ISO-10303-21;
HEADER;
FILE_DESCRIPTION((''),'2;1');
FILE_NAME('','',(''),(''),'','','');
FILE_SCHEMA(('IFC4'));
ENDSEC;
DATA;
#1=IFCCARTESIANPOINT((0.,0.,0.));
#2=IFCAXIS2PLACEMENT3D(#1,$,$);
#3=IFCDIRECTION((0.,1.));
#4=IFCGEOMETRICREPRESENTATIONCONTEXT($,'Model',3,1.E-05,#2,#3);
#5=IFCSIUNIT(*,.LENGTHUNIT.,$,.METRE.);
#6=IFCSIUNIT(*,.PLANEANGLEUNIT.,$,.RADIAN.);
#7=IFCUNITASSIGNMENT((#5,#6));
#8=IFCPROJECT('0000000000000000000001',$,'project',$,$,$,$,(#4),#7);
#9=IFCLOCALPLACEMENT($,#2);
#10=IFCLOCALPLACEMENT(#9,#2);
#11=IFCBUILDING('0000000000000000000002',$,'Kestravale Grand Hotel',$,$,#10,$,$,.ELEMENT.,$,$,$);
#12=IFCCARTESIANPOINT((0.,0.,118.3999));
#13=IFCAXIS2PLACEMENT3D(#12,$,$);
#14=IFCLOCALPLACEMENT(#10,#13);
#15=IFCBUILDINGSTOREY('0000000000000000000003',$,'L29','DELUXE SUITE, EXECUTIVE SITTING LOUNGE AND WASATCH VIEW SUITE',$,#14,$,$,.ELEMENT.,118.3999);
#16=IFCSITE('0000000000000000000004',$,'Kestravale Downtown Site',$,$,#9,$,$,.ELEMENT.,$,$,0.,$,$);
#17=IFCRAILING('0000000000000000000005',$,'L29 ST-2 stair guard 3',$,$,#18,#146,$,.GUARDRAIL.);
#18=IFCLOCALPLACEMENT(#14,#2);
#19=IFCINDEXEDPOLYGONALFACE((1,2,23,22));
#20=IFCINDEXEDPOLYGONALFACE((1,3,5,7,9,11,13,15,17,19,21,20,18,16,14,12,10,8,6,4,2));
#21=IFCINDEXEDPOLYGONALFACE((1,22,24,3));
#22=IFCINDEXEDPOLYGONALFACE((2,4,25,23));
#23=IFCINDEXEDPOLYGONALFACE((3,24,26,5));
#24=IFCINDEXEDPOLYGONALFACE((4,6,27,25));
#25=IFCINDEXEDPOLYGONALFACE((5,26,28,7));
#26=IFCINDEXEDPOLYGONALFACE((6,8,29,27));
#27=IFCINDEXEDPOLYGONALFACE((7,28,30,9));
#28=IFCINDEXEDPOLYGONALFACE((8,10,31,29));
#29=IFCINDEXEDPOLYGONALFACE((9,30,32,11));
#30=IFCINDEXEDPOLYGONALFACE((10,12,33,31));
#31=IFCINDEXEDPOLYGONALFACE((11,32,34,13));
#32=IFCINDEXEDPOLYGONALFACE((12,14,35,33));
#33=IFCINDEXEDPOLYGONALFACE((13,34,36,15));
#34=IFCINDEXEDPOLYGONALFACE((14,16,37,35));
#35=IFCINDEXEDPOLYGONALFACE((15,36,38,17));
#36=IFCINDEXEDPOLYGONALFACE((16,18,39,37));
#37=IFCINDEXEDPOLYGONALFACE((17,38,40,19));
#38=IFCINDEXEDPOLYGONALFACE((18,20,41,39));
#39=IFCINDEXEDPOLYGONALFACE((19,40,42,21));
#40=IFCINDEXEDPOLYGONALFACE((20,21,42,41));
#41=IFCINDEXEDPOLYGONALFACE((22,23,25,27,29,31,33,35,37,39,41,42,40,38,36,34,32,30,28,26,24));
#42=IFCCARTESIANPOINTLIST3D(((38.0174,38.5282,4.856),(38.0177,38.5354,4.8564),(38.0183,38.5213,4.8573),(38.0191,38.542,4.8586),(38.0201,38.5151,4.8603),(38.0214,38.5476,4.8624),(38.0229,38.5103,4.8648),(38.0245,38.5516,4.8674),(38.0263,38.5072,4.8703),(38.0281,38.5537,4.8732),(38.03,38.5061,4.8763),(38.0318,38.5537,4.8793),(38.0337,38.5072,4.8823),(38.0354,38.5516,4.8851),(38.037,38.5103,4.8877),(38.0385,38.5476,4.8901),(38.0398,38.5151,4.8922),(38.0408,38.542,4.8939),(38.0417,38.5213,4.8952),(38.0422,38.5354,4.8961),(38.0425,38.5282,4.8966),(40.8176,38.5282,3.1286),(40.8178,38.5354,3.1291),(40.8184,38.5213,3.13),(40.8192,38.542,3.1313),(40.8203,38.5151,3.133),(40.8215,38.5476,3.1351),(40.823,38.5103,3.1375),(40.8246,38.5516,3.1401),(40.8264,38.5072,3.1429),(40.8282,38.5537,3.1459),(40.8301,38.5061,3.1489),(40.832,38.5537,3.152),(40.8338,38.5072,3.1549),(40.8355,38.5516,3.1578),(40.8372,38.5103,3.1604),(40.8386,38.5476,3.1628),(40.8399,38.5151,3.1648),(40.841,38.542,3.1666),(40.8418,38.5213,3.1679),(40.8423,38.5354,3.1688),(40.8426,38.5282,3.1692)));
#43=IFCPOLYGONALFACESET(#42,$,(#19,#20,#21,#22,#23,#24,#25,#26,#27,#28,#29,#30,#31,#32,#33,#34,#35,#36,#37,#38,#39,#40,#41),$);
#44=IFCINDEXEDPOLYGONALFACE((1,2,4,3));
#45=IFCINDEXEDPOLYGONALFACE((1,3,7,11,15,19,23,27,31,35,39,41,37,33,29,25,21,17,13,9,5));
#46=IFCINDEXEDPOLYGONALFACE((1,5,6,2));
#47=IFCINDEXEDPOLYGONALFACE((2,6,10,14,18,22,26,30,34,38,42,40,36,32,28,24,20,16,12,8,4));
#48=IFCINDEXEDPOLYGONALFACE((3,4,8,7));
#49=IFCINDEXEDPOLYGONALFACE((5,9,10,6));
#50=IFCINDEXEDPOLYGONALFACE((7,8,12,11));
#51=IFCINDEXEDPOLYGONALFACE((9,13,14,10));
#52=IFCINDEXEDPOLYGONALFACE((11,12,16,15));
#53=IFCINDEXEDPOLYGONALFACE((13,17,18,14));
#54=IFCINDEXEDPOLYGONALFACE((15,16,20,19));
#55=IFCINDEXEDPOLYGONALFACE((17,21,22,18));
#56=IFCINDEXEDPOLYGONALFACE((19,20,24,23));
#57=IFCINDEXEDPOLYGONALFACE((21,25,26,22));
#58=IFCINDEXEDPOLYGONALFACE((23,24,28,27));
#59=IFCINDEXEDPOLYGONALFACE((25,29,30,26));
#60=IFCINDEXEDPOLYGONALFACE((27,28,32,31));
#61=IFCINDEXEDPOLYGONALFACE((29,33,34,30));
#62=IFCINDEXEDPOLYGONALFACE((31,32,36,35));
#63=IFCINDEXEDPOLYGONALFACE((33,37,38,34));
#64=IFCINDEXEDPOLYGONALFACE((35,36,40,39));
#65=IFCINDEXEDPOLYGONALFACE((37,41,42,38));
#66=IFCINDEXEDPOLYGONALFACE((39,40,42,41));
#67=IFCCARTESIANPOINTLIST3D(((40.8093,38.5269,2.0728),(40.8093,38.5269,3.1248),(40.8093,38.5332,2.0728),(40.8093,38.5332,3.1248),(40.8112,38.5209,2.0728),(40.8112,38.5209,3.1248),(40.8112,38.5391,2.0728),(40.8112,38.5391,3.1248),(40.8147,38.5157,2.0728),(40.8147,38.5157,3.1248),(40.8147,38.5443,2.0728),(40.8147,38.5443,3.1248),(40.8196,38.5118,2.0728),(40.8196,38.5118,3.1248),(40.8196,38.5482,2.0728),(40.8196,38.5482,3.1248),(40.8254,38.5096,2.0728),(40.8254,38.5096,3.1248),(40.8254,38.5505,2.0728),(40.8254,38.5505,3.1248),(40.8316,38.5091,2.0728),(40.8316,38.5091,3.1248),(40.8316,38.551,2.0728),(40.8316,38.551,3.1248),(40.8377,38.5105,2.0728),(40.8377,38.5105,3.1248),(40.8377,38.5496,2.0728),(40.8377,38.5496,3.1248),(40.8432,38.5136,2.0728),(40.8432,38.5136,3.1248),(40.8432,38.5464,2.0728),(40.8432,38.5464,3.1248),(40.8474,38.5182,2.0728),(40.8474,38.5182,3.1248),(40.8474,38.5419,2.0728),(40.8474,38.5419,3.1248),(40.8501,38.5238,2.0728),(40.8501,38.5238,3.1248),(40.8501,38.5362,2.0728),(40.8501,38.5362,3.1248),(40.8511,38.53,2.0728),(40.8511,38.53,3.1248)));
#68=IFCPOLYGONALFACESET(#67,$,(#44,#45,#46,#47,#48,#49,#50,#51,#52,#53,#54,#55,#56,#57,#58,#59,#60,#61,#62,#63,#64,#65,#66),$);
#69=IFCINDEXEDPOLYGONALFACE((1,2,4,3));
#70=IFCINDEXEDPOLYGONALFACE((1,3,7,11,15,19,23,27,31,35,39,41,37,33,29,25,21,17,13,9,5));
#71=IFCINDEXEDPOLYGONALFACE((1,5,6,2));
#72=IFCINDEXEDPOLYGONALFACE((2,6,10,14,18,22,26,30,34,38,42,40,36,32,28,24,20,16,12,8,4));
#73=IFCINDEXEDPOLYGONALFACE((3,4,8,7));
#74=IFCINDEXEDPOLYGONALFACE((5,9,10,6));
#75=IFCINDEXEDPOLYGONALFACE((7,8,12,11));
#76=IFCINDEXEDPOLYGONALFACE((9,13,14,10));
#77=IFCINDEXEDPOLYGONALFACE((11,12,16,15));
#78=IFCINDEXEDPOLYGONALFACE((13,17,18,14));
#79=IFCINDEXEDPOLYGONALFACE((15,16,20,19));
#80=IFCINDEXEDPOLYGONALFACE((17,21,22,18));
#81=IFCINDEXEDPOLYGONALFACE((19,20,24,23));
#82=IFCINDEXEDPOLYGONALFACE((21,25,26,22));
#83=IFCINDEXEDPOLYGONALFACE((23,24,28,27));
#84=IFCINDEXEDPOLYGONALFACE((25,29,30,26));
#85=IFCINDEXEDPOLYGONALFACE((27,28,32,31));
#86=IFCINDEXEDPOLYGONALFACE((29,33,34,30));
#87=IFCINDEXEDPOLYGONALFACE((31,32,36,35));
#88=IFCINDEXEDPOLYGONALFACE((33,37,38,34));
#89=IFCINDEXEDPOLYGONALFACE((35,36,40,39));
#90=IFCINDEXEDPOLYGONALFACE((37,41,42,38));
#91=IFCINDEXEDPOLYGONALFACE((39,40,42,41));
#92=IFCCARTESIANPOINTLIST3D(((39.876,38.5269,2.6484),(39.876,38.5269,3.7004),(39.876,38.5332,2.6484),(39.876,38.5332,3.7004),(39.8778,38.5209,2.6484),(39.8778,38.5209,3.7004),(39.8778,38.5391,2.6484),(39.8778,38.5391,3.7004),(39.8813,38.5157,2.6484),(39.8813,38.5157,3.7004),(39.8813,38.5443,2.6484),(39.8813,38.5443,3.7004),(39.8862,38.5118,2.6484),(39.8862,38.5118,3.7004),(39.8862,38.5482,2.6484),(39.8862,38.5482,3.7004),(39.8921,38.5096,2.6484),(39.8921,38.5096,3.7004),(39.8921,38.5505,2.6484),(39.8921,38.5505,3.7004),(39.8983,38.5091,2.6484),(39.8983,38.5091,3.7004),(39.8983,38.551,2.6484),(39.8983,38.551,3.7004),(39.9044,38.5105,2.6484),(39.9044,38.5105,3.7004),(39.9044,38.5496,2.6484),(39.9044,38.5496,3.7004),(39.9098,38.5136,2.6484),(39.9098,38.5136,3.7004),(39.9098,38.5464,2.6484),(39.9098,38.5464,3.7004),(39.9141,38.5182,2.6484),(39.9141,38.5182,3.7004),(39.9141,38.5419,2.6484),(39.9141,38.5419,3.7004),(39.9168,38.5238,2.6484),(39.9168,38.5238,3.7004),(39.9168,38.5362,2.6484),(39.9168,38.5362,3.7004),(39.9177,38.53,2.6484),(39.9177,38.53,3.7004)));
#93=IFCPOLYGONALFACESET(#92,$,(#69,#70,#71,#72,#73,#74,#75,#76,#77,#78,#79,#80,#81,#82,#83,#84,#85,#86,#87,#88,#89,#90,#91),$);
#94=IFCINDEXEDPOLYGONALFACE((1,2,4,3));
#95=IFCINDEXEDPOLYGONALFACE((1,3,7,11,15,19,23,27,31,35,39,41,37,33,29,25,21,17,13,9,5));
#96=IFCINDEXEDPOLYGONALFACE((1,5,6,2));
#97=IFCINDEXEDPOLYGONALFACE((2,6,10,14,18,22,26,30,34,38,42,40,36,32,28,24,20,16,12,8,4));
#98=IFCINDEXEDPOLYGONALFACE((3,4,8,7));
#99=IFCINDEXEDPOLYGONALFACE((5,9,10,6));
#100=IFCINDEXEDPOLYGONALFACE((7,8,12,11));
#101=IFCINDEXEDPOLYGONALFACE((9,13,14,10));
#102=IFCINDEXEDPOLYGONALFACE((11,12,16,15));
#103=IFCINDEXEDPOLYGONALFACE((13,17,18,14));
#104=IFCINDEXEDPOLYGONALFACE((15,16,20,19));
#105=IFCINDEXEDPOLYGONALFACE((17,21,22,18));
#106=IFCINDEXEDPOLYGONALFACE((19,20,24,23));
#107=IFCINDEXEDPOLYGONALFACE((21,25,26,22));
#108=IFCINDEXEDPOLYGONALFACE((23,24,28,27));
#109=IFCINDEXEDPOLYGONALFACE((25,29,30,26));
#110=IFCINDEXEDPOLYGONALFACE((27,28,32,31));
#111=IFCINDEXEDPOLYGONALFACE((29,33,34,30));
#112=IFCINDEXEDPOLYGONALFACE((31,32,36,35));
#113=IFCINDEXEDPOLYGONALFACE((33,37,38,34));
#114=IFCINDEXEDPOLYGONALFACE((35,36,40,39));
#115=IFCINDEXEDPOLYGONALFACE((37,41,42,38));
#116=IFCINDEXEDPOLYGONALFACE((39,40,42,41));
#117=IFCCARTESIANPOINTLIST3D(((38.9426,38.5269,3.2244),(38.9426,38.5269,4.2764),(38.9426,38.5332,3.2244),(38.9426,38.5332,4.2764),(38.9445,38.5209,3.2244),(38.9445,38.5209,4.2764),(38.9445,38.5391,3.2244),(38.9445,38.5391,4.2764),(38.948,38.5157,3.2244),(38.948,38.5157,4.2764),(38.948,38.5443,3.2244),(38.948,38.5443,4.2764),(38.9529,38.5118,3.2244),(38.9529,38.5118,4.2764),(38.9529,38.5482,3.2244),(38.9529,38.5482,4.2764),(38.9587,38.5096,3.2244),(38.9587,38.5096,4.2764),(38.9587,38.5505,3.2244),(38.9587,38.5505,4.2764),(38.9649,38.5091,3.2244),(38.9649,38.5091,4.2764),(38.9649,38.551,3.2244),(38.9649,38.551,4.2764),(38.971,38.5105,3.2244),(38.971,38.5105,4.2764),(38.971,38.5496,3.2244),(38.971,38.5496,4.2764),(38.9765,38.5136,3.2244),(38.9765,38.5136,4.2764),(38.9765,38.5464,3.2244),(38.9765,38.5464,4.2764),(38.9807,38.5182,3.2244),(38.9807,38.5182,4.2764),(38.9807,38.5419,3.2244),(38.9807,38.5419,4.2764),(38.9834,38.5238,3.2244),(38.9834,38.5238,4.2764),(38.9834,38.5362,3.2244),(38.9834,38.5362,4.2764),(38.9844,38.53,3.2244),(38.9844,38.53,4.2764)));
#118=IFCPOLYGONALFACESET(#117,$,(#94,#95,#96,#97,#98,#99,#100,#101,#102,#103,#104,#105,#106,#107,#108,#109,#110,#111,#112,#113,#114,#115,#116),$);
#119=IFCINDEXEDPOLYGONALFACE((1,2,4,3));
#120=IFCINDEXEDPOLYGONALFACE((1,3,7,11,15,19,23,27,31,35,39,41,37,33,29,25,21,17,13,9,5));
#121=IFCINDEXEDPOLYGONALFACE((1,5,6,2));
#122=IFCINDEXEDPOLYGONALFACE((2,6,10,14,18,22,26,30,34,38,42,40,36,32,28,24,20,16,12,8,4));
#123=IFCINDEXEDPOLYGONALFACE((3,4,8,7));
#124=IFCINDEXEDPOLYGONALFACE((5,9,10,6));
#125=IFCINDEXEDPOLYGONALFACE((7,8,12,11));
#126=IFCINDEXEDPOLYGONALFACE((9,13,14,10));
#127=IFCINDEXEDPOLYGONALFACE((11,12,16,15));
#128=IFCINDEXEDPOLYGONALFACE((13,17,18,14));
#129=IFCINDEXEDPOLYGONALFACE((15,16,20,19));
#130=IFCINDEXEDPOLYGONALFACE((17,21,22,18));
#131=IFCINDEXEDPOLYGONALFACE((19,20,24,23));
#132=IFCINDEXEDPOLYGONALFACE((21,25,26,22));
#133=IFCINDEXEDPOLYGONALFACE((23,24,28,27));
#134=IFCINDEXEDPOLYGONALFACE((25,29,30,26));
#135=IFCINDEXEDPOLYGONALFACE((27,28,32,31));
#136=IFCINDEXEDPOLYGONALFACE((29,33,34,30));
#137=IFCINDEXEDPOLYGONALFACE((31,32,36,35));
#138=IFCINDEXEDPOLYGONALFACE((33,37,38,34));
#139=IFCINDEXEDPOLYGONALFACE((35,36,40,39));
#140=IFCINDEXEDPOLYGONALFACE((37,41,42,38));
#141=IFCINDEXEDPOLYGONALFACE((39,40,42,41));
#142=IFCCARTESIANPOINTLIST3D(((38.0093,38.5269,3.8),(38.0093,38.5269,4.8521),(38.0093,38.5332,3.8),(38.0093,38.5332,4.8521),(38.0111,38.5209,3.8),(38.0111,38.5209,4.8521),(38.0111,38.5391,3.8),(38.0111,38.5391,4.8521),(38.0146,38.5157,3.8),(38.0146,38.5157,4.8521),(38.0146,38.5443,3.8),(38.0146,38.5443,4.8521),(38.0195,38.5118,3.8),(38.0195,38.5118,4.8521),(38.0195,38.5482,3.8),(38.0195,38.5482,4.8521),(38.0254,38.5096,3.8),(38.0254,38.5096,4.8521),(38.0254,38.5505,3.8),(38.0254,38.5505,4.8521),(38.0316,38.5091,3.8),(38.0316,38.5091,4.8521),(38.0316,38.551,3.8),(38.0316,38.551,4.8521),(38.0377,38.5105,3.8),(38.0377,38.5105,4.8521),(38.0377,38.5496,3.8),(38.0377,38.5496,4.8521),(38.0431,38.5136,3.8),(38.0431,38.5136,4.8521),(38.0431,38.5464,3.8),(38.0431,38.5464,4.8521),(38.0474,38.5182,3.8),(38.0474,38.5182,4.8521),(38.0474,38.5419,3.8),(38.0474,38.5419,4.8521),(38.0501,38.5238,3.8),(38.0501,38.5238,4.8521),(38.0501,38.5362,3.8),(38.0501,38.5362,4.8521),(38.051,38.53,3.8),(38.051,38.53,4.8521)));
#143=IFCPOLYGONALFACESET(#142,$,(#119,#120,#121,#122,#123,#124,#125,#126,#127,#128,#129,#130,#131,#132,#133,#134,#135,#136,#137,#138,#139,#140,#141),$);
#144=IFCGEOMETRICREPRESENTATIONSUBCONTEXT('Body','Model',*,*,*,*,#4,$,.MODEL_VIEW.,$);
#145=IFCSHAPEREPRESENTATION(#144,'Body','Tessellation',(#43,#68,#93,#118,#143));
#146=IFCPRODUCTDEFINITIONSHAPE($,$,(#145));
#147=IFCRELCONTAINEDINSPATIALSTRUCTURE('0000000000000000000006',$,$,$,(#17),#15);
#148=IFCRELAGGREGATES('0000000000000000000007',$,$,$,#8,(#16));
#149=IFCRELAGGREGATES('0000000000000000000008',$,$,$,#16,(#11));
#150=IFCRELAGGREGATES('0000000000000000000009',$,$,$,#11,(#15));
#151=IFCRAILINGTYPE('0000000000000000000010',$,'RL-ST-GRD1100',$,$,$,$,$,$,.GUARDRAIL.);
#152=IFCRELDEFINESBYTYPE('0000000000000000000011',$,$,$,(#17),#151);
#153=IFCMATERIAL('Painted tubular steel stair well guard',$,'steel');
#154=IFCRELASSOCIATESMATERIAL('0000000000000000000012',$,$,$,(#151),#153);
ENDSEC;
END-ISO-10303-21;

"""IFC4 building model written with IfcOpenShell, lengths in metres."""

from ifc_helpers import new_model, si_unit, direction, frame, origin, origin_2d, place, context, subcontext, project, spatial, circle, extrude, material, type_object, element, save


model = new_model("IFC4")

# Units and contexts
model_context = context("Model", 3, precision=1e-05, world=origin(), true_north=direction((0.0, 1.0)))
body_context = subcontext(model_context, "Body", "Model", "MODEL_VIEW")
ifc_project = project(units=[si_unit("LENGTHUNIT", "METRE"), si_unit("PLANEANGLEUNIT", "RADIAN")], contexts=[model_context])

# Site, building, storey
site_placement = place(None, origin())
site = spatial("IfcSite", under=ifc_project, at=site_placement, Name="Kestravale Downtown Site", CompositionType="ELEMENT", RefElevation=0.0)
building_placement = place(site_placement, origin())
building = spatial("IfcBuilding", under=site, at=building_placement, Name="Kestravale Grand Hotel", CompositionType="ELEMENT")
storey_placement = place(building_placement, frame((0.0, 0.0, 118.3999)))
storey = spatial("IfcBuildingStorey", under=building, at=storey_placement, Name="L29", Description="DELUXE SUITE, EXECUTIVE SITTING LOUNGE AND WASATCH VIEW SUITE", CompositionType="ELEMENT", Elevation=118.3999)

# Railing
ifc_material_1 = material(Name="Painted tubular steel stair well guard", Category="steel")
railing_type_1 = type_object("IfcRailingType", Name="RL-ST-GRD1100", PredefinedType="GUARDRAIL", material=ifc_material_1)
railing_1_placement = place(storey_placement, frame((40.8301, 38.53, 2.0728)))
element("IfcRailing", 1, at=railing_1_placement, inside=storey, type_object=railing_type_1, Name="L29 ST-2 stair guard 3", PredefinedType="GUARDRAIL", context=body_context, shape_type="SweptSolid", body=[
    extrude(circle(Radius=0.0239, at=origin_2d()), frame((0.0, 0.0, 1.0762), z_axis=(-0.85109, 0.0, 0.52502), x_axis=(0.0, -1.0, 0.0)), (0.0, 0.0, 1.0), 3.29),
    extrude(circle(Radius=0.021, at=origin_2d()), origin(), (0.0, 0.0, 1.0), 1.052),
    extrude(circle(Radius=0.021, at=origin_2d()), frame((-0.9333, 0.0, 0.5757)), (0.0, 0.0, 1.0), 1.052),
    extrude(circle(Radius=0.021, at=origin_2d()), frame((-1.8667, 0.0, 1.1516)), (0.0, 0.0, 1.0), 1.052),
    extrude(circle(Radius=0.021, at=origin_2d()), frame((-2.8, 0.0, 1.7273)), (0.0, 0.0, 1.0), 1.052),
])

save(model, "model.ifc")
